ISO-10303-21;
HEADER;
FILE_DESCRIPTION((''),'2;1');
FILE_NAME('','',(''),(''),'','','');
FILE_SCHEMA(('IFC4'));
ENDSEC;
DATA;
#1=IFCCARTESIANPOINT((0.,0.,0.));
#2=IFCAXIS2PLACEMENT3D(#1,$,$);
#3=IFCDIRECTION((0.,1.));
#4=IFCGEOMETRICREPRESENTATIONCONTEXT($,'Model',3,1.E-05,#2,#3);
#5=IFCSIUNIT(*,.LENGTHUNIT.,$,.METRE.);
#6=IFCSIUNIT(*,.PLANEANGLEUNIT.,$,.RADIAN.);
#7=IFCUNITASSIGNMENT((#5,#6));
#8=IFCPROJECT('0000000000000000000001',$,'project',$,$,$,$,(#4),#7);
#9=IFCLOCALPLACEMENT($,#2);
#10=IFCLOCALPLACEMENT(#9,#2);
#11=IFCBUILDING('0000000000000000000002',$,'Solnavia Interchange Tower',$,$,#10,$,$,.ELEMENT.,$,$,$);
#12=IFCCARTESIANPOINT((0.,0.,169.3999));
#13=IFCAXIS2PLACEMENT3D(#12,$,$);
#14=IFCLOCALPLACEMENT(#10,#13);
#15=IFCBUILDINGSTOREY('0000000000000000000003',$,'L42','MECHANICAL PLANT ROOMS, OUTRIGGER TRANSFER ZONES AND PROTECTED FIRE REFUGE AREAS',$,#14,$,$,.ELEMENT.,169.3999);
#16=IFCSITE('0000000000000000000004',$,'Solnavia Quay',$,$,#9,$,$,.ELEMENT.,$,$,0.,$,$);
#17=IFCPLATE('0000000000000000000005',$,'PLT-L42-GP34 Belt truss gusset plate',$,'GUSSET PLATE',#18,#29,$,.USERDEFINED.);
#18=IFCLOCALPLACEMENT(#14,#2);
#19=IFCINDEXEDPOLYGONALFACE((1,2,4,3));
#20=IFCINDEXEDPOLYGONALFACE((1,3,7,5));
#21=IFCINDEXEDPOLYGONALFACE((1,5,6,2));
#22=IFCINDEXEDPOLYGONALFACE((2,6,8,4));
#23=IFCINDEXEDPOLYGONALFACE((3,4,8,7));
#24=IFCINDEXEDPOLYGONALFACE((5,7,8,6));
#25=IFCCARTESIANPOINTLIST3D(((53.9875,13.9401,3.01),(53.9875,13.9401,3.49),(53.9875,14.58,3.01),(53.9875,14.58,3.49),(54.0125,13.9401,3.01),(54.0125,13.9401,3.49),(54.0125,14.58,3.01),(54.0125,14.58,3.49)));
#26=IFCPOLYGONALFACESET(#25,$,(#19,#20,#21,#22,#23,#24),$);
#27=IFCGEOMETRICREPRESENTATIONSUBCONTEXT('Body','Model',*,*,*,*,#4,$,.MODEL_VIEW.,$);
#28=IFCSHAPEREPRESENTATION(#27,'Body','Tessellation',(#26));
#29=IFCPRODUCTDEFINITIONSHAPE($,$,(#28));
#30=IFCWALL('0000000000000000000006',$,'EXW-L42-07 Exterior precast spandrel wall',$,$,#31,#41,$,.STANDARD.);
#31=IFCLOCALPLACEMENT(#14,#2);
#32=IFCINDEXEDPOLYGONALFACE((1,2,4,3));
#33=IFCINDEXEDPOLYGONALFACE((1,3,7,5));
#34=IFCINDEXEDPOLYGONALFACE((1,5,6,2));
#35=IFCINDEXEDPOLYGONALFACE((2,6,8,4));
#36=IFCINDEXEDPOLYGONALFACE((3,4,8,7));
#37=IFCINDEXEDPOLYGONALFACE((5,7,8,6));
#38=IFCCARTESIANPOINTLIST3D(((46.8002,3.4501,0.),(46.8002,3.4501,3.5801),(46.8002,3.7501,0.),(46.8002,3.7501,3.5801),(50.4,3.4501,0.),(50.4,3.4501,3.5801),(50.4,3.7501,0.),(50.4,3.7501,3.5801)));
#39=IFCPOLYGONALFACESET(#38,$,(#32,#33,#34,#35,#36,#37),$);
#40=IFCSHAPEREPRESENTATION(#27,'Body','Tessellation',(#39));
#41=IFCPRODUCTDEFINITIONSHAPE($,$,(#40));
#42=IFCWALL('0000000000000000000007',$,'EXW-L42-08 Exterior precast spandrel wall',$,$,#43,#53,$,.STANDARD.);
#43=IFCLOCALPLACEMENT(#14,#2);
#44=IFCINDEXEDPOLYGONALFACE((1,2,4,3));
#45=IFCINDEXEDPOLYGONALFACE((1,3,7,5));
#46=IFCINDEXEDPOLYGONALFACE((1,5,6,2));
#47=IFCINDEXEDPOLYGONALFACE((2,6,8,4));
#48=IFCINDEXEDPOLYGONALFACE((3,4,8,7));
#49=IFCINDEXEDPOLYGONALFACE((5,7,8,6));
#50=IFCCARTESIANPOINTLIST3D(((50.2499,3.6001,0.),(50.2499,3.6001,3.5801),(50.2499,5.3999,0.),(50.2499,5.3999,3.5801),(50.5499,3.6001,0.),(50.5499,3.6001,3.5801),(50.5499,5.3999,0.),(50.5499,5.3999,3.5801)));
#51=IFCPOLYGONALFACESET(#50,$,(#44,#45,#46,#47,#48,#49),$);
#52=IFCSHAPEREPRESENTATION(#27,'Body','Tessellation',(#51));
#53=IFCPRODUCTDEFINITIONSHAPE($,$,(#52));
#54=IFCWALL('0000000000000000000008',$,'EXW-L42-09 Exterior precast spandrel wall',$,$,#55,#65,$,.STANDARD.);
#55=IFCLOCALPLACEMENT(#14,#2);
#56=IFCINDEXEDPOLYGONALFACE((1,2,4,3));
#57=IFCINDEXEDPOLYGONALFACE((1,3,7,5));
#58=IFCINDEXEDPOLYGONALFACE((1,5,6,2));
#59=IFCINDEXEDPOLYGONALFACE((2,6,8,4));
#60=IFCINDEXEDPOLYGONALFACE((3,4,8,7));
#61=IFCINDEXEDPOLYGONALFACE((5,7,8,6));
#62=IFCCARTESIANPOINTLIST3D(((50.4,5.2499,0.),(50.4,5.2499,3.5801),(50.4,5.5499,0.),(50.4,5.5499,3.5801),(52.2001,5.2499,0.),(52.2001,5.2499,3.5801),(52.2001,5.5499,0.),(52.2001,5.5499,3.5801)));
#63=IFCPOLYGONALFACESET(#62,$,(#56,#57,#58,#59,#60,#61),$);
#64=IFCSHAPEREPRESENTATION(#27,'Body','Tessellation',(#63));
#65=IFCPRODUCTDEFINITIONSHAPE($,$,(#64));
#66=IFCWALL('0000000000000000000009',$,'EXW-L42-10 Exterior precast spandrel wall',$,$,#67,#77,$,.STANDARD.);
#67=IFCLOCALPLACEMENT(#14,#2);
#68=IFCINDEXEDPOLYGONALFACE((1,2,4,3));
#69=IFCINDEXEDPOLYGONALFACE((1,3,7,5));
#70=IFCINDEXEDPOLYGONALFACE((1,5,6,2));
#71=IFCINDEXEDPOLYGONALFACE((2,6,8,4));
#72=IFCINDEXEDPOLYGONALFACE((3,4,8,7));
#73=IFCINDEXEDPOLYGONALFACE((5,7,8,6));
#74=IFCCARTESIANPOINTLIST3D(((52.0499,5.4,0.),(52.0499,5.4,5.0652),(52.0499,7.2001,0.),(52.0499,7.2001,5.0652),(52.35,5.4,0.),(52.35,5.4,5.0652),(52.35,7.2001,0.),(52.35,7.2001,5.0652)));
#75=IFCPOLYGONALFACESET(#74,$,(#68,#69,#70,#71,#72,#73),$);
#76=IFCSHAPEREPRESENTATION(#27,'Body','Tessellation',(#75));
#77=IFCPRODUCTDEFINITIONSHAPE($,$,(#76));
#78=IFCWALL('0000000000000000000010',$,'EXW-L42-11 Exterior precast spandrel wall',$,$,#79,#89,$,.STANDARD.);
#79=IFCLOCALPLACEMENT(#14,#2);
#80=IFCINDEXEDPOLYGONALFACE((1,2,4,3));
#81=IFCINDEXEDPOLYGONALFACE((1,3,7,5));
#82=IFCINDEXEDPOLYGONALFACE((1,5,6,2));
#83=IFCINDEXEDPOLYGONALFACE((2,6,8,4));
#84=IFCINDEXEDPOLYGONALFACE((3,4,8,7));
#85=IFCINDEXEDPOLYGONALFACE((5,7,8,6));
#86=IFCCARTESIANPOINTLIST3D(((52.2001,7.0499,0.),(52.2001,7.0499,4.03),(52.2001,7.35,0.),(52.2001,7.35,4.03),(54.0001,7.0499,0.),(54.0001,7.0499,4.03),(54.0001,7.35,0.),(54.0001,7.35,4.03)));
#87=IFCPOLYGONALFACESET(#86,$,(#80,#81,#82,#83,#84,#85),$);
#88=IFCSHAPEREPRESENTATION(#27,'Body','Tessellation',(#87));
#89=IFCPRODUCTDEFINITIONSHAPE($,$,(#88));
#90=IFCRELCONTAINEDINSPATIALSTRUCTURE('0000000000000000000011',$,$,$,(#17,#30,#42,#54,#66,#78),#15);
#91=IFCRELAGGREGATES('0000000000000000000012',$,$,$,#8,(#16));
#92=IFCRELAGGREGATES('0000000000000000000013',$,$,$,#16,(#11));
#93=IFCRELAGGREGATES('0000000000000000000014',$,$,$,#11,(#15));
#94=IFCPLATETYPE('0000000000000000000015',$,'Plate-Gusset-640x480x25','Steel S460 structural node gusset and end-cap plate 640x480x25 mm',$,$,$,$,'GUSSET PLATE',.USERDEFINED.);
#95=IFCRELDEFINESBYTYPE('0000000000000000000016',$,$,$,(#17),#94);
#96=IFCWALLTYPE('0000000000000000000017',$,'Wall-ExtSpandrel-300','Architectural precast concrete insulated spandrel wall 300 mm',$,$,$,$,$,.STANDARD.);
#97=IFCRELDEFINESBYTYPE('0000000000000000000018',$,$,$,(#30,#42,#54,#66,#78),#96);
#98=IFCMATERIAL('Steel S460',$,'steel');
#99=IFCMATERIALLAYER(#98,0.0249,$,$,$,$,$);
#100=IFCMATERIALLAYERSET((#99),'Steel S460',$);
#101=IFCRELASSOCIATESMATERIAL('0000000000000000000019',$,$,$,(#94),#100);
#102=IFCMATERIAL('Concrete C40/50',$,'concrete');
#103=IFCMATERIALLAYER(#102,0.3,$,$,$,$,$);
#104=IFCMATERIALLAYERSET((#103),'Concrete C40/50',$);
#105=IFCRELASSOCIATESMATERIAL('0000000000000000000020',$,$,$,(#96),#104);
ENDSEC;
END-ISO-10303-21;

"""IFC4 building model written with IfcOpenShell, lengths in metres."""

from ifc_helpers import new_model, si_unit, direction, frame, frame_2d, origin, origin_2d, place, context, subcontext, project, spatial, rectangle, extrude, material, layer, layer_set, type_object, element, save


model = new_model("IFC4")

# Units and contexts
model_context = context("Model", 3, precision=1e-05, world=origin(), true_north=direction((0.0, 1.0)))
body_context = subcontext(model_context, "Body", "Model", "MODEL_VIEW")
ifc_project = project(units=[si_unit("LENGTHUNIT", "METRE"), si_unit("PLANEANGLEUNIT", "RADIAN")], contexts=[model_context])

# Site, building, storey
site_placement = place(None, origin())
site = spatial("IfcSite", under=ifc_project, at=site_placement, Name="Solnavia Quay", CompositionType="ELEMENT", RefElevation=0.0)
building_placement = place(site_placement, origin())
building = spatial("IfcBuilding", under=site, at=building_placement, Name="Solnavia Interchange Tower", CompositionType="ELEMENT")
storey_placement = place(building_placement, frame((0.0, 0.0, 169.3999)))
storey = spatial("IfcBuildingStorey", under=building, at=storey_placement, Name="L42", Description="MECHANICAL PLANT ROOMS, OUTRIGGER TRANSFER ZONES AND PROTECTED FIRE REFUGE AREAS", CompositionType="ELEMENT", Elevation=169.3999)

# Shared definitions
ifc_material_1 = material(Name="Steel S460", Category="steel")

# Plate
ifc_layer_1 = layer(ifc_material_1, 0.0249)
ifc_layer_set_1 = layer_set([ifc_layer_1], Name="Steel S460")
plate_type_1 = type_object("IfcPlateType", Name="Plate-Gusset-640x480x25", Description="Steel S460 structural node gusset and end-cap plate 640x480x25 mm", ElementType="GUSSET PLATE", PredefinedType="USERDEFINED", material=ifc_layer_set_1)
for number, where, z_axis, x_axis, name in (
    (1, (54.0, 14.26, 3.01), (0.0, 0.0, 1.0), (0.0, 1.0, 0.0), "PLT-L42-GP34 Belt truss gusset plate"),
):
    element("IfcPlate", number, at=place(storey_placement, frame(where, z_axis=z_axis, x_axis=x_axis)), inside=storey, type_object=plate_type_1, Name=name, ObjectType="GUSSET PLATE", PredefinedType="USERDEFINED", context=body_context, shape_type="SweptSolid", body=[
        extrude(rectangle(XDim=0.6399, YDim=0.0249, at=origin_2d()), origin(), (0.0, 0.0, 1.0), 0.48),
    ])

# Walls
ifc_material_2 = material(Name="Concrete C40/50", Category="concrete")
ifc_layer_2 = layer(ifc_material_2, 0.3)
ifc_layer_set_2 = layer_set([ifc_layer_2], Name="Concrete C40/50")
wall_type = type_object("IfcWallType", Name="Wall-ExtSpandrel-300", Description="Architectural precast concrete insulated spandrel wall 300 mm", PredefinedType="STANDARD", material=ifc_layer_set_2)
wall_1_placement = place(storey_placement, frame((50.3999, 3.6001, 0.0), z_axis=(0.0, 0.0, 1.0), x_axis=(-1.0, 0.0, 0.0)))
element("IfcWall", 2, at=wall_1_placement, inside=storey, type_object=wall_type, Name="EXW-L42-07 Exterior precast spandrel wall", PredefinedType="STANDARD", context=body_context, shape_type="SweptSolid", body=[
    extrude(rectangle(XDim=3.5999, YDim=0.3, at=frame_2d((1.7998, 0.0))), origin(), (0.0, 0.0, 1.0), 3.5801),
])
wall_2_placement = place(storey_placement, frame((50.3999, 5.3999, 0.0), z_axis=(0.0, 0.0, 1.0), x_axis=(0.0, -1.0, 0.0)))
element("IfcWall", 3, at=wall_2_placement, inside=storey, type_object=wall_type, Name="EXW-L42-08 Exterior precast spandrel wall", PredefinedType="STANDARD", context=body_context, shape_type="SweptSolid", body=[
    extrude(rectangle(XDim=1.7998, YDim=0.3, at=frame_2d((0.8999, 0.0))), origin(), (0.0, 0.0, 1.0), 3.5801),
])
wall_3_placement = place(storey_placement, frame((52.2, 5.3999, 0.0), z_axis=(0.0, 0.0, 1.0), x_axis=(-1.0, 0.0, 0.0)))
element("IfcWall", 4, at=wall_3_placement, inside=storey, type_object=wall_type, Name="EXW-L42-09 Exterior precast spandrel wall", PredefinedType="STANDARD", context=body_context, shape_type="SweptSolid", body=[
    extrude(rectangle(XDim=1.8, YDim=0.3, at=frame_2d((0.8999, 0.0))), origin(), (0.0, 0.0, 1.0), 3.5801),
])
wall_4_placement = place(storey_placement, frame((52.2, 7.2, 0.0), z_axis=(0.0, 0.0, 1.0), x_axis=(0.0, -1.0, 0.0)))
element("IfcWall", 5, at=wall_4_placement, inside=storey, type_object=wall_type, Name="EXW-L42-10 Exterior precast spandrel wall", PredefinedType="STANDARD", context=body_context, shape_type="SweptSolid", body=[
    extrude(rectangle(XDim=1.8, YDim=0.3, at=frame_2d((0.8999, 0.0))), origin(), (0.0, 0.0, 1.0), 5.0652),
])
wall_5_placement = place(storey_placement, frame((54.0, 7.2, 0.0), z_axis=(0.0, 0.0, 1.0), x_axis=(-1.0, 0.0, 0.0)))
element("IfcWall", 6, at=wall_5_placement, inside=storey, type_object=wall_type, Name="EXW-L42-11 Exterior precast spandrel wall", PredefinedType="STANDARD", context=body_context, shape_type="SweptSolid", body=[
    extrude(rectangle(XDim=1.8, YDim=0.3, at=frame_2d((0.8999, 0.0))), origin(), (0.0, 0.0, 1.0), 4.03),
])

save(model, "model.ifc")
